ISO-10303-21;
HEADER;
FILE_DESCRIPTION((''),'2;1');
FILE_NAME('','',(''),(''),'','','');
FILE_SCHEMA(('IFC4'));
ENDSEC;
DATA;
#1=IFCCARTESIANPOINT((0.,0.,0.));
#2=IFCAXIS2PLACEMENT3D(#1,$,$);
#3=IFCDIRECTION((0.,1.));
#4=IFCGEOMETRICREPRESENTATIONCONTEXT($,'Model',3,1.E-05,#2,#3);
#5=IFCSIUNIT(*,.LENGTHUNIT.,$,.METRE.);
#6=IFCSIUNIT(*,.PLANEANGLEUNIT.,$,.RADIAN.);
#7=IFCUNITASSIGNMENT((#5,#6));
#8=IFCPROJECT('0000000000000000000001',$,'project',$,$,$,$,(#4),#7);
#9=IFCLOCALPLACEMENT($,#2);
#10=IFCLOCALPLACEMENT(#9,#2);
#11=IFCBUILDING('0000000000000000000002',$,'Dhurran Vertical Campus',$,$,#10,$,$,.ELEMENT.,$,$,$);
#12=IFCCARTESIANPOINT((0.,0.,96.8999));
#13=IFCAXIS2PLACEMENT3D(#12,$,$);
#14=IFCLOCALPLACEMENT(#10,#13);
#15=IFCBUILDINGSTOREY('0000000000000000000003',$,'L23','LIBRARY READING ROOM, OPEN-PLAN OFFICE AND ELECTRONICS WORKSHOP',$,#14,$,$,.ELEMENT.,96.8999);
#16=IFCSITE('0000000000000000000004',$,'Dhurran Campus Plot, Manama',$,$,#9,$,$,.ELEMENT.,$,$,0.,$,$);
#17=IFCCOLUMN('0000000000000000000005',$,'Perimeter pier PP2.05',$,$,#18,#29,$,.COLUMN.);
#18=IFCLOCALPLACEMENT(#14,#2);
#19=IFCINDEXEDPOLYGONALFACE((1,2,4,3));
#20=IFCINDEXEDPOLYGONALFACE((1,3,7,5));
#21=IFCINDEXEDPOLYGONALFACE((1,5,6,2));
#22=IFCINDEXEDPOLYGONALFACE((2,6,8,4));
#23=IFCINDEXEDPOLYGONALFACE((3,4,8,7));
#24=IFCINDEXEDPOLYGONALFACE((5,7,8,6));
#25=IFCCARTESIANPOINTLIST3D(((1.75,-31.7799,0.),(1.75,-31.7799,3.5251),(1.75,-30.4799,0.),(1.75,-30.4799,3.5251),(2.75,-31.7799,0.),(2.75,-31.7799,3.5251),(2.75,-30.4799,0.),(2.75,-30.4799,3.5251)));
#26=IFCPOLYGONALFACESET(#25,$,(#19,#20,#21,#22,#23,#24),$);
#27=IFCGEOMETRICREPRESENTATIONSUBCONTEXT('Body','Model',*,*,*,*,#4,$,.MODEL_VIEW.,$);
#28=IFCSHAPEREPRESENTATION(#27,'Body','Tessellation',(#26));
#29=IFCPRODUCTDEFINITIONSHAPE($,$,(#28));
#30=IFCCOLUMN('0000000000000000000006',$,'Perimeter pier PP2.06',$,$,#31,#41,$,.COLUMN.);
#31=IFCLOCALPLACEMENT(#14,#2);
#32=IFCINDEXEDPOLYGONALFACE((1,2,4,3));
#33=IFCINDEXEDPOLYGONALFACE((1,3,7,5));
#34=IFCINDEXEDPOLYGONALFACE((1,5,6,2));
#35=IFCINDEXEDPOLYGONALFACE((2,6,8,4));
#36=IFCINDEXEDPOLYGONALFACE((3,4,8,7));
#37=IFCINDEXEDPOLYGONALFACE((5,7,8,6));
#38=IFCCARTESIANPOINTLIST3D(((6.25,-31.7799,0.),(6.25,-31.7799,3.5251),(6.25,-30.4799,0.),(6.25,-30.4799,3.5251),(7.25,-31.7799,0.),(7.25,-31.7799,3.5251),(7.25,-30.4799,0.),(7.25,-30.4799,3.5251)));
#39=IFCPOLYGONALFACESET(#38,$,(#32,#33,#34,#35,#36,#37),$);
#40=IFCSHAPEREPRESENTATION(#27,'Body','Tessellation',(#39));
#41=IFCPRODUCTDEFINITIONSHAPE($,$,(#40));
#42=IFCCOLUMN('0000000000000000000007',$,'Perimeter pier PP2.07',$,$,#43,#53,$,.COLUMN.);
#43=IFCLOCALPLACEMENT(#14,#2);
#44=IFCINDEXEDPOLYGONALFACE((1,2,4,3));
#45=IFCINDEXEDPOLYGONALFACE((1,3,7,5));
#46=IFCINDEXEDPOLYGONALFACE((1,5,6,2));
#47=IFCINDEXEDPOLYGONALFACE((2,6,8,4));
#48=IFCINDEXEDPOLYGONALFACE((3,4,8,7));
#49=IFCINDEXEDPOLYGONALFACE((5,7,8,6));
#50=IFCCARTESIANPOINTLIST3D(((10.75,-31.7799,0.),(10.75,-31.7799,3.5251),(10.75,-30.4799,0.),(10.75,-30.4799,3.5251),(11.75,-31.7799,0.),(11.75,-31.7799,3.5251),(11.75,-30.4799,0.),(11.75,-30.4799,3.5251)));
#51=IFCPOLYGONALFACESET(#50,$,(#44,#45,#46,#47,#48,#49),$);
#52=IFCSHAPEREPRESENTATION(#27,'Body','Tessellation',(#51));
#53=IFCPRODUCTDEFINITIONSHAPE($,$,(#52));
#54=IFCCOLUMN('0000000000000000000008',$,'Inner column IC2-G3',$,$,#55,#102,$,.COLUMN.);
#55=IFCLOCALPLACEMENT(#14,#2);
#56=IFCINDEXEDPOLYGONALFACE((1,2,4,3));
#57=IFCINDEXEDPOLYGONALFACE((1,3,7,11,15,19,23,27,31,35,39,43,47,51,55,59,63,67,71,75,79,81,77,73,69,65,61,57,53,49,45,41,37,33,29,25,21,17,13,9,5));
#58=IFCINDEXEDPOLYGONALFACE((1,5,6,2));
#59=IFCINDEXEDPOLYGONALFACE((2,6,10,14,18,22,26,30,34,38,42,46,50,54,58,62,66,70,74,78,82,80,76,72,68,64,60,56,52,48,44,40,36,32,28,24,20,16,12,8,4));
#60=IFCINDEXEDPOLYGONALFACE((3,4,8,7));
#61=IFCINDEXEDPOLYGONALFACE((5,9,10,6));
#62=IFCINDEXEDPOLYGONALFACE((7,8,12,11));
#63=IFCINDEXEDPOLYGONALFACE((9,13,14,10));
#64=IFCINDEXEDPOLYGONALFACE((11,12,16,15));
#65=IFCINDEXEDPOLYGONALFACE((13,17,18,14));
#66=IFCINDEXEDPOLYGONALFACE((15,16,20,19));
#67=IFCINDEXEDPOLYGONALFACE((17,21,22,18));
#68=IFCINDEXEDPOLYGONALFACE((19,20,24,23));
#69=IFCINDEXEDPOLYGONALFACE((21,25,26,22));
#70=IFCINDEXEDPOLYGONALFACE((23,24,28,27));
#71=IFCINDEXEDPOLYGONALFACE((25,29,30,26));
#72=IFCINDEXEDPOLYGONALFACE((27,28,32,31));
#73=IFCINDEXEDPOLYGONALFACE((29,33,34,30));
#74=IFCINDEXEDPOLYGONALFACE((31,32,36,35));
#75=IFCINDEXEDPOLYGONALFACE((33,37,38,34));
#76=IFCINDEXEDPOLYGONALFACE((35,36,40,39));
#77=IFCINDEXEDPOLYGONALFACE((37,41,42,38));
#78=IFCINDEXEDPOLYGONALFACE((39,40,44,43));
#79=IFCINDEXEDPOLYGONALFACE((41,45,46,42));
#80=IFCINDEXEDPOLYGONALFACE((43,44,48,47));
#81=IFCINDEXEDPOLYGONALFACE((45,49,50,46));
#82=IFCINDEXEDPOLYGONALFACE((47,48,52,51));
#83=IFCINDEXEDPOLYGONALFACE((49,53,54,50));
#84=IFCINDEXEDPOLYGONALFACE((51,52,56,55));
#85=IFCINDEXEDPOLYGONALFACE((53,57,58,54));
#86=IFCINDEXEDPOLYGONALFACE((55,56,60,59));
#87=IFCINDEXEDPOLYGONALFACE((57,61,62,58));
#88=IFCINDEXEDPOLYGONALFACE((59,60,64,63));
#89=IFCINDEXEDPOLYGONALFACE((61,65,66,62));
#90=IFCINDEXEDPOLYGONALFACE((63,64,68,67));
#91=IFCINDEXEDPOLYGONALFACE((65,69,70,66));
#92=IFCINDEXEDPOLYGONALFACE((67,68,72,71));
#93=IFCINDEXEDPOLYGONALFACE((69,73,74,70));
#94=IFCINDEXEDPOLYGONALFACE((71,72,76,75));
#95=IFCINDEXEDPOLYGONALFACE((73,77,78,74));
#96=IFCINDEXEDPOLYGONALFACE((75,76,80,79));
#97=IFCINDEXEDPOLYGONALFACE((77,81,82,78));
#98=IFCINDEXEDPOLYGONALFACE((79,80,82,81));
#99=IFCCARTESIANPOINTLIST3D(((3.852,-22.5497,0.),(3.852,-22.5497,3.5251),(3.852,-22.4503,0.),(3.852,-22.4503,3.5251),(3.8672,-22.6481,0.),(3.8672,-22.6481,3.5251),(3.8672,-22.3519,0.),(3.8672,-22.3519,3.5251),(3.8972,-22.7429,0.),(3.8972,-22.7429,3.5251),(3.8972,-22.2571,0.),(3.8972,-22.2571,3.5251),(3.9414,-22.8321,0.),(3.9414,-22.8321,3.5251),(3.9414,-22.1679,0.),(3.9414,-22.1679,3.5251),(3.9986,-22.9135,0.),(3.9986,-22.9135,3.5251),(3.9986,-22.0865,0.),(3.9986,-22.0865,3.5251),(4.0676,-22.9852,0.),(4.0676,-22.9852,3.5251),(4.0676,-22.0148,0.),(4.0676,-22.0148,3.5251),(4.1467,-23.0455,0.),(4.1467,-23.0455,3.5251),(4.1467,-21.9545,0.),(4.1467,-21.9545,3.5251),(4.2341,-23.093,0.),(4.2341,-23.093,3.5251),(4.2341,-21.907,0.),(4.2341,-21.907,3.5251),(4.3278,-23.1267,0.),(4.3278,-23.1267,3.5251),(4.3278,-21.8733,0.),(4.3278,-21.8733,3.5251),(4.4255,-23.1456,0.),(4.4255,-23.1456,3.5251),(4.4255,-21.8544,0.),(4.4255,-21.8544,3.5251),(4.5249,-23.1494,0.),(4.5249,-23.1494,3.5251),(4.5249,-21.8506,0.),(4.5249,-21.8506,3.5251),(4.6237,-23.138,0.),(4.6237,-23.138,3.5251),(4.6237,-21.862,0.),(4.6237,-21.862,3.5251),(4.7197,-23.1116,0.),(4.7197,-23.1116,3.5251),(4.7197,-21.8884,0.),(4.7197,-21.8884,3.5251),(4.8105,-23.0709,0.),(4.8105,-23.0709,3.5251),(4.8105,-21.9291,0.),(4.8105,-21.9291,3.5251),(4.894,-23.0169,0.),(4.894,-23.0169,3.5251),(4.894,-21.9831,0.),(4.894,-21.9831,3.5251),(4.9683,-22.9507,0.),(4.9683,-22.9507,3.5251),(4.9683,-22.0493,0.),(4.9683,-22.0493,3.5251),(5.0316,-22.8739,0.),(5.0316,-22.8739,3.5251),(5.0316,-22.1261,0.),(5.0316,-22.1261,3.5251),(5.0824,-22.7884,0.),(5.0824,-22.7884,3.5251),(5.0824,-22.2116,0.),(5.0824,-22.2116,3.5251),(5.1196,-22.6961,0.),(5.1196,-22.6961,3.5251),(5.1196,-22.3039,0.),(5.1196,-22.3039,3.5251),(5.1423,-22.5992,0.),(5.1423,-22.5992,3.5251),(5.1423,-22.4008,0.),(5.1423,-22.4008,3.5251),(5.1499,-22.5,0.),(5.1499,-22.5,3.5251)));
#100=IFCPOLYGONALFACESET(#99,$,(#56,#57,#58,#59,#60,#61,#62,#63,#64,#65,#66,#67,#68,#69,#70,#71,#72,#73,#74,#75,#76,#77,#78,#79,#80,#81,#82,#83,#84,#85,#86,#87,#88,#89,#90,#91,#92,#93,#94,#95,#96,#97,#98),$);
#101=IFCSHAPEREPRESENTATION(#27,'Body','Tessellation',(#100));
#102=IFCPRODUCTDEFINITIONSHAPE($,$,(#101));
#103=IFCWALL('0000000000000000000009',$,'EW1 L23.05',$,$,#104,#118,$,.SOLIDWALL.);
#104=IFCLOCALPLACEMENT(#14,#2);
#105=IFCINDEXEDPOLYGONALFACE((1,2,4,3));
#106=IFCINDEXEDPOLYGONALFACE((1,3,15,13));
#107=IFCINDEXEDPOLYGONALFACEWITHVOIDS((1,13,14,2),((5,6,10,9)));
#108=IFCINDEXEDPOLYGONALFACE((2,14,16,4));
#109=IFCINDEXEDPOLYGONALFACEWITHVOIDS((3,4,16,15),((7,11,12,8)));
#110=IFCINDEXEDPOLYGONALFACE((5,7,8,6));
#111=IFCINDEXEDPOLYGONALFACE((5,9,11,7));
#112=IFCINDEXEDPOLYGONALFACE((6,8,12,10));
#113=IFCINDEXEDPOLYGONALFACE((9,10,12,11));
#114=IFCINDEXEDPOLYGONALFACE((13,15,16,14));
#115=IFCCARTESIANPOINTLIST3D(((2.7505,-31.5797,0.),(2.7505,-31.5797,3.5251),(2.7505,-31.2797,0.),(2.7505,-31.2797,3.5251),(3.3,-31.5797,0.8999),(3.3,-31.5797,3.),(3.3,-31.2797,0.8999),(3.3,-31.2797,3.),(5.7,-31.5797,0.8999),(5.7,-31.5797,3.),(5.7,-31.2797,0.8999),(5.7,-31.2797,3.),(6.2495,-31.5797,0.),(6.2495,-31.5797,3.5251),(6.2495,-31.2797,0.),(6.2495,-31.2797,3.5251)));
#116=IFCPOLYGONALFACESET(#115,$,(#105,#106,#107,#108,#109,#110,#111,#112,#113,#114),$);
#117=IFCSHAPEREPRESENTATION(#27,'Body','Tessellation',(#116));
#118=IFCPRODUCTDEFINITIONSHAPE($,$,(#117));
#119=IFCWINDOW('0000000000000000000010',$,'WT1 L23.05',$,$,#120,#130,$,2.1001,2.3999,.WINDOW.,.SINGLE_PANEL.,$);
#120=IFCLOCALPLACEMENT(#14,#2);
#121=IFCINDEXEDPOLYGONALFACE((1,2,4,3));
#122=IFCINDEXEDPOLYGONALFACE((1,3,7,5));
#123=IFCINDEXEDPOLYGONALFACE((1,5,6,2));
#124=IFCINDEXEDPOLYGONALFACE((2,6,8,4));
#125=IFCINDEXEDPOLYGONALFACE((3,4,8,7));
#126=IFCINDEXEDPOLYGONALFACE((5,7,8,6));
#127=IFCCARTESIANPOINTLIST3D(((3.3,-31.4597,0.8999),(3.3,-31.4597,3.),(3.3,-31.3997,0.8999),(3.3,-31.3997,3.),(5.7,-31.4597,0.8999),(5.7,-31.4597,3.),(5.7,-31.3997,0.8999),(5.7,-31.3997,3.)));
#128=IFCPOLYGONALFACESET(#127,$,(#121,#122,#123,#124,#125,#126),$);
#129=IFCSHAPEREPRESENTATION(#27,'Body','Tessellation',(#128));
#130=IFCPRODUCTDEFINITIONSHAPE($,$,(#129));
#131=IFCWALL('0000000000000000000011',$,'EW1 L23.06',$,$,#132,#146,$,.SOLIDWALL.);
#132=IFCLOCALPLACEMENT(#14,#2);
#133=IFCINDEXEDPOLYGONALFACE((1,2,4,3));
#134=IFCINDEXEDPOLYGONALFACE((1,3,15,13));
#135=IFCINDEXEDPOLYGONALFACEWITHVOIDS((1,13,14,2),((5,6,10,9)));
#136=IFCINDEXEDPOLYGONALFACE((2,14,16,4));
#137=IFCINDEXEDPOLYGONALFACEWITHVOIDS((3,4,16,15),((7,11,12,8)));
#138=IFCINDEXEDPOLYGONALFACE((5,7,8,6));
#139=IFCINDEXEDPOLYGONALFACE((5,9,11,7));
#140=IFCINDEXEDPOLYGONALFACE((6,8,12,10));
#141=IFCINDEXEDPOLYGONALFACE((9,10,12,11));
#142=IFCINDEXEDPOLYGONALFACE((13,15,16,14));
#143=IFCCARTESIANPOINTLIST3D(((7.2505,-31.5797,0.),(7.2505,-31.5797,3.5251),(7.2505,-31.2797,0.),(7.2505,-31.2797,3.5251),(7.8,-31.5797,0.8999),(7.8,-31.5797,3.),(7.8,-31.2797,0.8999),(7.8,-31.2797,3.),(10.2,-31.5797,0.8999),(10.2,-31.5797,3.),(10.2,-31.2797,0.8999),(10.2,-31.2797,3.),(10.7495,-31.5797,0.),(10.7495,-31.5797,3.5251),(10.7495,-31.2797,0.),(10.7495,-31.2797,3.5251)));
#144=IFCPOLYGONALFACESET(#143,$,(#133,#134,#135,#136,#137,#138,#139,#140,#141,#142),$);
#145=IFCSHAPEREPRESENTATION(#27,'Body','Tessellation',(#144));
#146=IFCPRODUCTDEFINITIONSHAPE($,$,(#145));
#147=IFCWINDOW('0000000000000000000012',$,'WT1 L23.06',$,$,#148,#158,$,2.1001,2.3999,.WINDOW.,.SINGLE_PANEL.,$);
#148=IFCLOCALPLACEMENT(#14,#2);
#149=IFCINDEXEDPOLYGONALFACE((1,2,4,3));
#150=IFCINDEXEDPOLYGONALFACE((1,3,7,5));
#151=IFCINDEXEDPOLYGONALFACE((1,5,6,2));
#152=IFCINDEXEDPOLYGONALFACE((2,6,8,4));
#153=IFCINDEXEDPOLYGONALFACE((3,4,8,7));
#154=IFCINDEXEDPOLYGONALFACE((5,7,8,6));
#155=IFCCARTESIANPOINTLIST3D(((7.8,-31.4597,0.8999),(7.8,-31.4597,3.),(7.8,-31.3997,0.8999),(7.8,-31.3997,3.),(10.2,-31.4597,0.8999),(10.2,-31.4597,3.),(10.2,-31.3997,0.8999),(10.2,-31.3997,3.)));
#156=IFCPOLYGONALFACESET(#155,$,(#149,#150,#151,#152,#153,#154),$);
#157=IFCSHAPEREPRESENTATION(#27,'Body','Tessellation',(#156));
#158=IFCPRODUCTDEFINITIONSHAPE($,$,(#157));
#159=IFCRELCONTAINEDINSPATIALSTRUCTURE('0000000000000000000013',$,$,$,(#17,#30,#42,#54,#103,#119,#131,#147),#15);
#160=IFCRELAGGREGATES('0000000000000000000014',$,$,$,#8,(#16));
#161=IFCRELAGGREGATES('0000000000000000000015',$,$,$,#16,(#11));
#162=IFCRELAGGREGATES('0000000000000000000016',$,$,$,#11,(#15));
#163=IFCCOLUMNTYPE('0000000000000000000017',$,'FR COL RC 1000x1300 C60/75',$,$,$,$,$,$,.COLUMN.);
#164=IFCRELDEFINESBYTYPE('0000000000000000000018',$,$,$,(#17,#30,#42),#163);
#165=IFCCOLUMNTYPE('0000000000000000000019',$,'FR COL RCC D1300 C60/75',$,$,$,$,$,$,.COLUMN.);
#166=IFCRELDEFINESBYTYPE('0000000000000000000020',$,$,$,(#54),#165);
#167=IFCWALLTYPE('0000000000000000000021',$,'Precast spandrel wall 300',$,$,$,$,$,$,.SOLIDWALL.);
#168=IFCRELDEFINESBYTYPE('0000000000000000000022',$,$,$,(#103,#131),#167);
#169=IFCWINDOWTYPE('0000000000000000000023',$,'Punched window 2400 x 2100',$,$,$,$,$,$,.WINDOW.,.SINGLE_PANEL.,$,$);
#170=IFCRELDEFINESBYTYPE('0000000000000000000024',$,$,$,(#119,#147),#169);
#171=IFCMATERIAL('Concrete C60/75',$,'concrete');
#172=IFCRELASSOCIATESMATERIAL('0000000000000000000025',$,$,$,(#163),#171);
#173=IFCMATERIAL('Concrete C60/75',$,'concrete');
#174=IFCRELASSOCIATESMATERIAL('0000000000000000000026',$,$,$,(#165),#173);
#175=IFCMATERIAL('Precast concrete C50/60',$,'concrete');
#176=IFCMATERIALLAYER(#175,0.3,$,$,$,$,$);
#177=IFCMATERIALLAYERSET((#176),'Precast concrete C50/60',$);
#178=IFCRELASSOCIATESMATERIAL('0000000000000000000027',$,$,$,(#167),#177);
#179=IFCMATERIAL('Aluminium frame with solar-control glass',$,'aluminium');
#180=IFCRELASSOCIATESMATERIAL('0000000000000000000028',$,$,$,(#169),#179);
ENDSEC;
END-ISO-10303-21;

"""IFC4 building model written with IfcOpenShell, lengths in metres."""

from ifc_helpers import new_model, si_unit, direction, frame, frame_2d, origin, origin_2d, place, context, subcontext, project, spatial, rectangle, circle, extrude, material, layer, layer_set, material_profile, profile_set, type_object, element, fill, save


model = new_model("IFC4")

# Units and contexts
model_context = context("Model", 3, precision=1e-05, world=origin(), true_north=direction((0.0, 1.0)))
body_context = subcontext(model_context, "Body", "Model", "MODEL_VIEW")
ifc_project = project(units=[si_unit("LENGTHUNIT", "METRE"), si_unit("PLANEANGLEUNIT", "RADIAN")], contexts=[model_context])

# Site, building, storey
site_placement = place(None, origin())
site = spatial("IfcSite", under=ifc_project, at=site_placement, Name="Dhurran Campus Plot, Manama", CompositionType="ELEMENT", RefElevation=0.0)
building_placement = place(site_placement, origin())
building = spatial("IfcBuilding", under=site, at=building_placement, Name="Dhurran Vertical Campus", CompositionType="ELEMENT")
storey_placement = place(building_placement, frame((0.0, 0.0, 96.8999)))
storey = spatial("IfcBuildingStorey", under=building, at=storey_placement, Name="L23", Description="LIBRARY READING ROOM, OPEN-PLAN OFFICE AND ELECTRONICS WORKSHOP", CompositionType="ELEMENT", Elevation=96.8999)

# Columns
ifc_material_1 = material(Name="Concrete C60/75", Category="concrete")
ifc_material_profile_1 = material_profile(ifc_material_1, rectangle(XDim=1.0, YDim=1.3, at=origin_2d()), Name="RC 1000x1300")
ifc_profile_set_1 = profile_set([ifc_material_profile_1], Name="Concrete C60/75")
column_type_1 = type_object("IfcColumnType", Name="FR COL RC 1000x1300 C60/75", PredefinedType="COLUMN", material=ifc_profile_set_1)
for number, where, z_axis, x_axis, name in (
    (1, (2.25, -31.1299, 0.0), (0.0, 0.0, 1.0), (1.0, 0.0, 0.0), "Perimeter pier PP2.05"),
    (2, (6.75, -31.1299, 0.0), (0.0, 0.0, 1.0), (1.0, 0.0, 0.0), "Perimeter pier PP2.06"),
    (3, (11.25, -31.1299, 0.0), (0.0, 0.0, 1.0), (1.0, 0.0, 0.0), "Perimeter pier PP2.07"),
):
    element("IfcColumn", number, at=place(storey_placement, frame(where, z_axis=z_axis, x_axis=x_axis)), inside=storey, type_object=column_type_1, Name=name, PredefinedType="COLUMN", context=body_context, shape_type="SweptSolid", body=[
        extrude(rectangle(XDim=1.0, YDim=1.3, at=origin_2d()), origin(), (0.0, 0.0, 1.0), 3.5251),
    ])
ifc_material_2 = material(Name="Concrete C60/75", Category="concrete")
ifc_material_profile_2 = material_profile(ifc_material_2, circle(Radius=0.6499, at=origin_2d()), Name="RCC D1300")
ifc_profile_set_2 = profile_set([ifc_material_profile_2], Name="Concrete C60/75")
column_type_2 = type_object("IfcColumnType", Name="FR COL RCC D1300 C60/75", PredefinedType="COLUMN", material=ifc_profile_set_2)
column_placement = place(storey_placement, frame((4.5, -22.5, 0.0), z_axis=(0.0, 0.0, 1.0), x_axis=(1.0, 0.0, 0.0)))
element("IfcColumn", 4, at=column_placement, inside=storey, type_object=column_type_2, Name="Inner column IC2-G3", PredefinedType="COLUMN", context=body_context, shape_type="SweptSolid", body=[
    extrude(circle(Radius=0.6499, at=origin_2d()), origin(), (0.0, 0.0, 1.0), 3.5251),
])

# Walls, openings, windows
ifc_material_3 = material(Name="Precast concrete C50/60", Category="concrete")
ifc_layer_1 = layer(ifc_material_3, 0.3)
ifc_layer_set_1 = layer_set([ifc_layer_1], Name="Precast concrete C50/60")
wall_type_1 = type_object("IfcWallType", Name="Precast spandrel wall 300", PredefinedType="SOLIDWALL", material=ifc_layer_set_1)
wall_1_placement = place(storey_placement, frame((2.7505, -31.4297, 0.0), z_axis=(0.0, 0.0, 1.0), x_axis=(1.0, 0.0, 0.0)))
wall_1 = element("IfcWall", 5, at=wall_1_placement, inside=storey, type_object=wall_type_1, Name="EW1 L23.05", PredefinedType="SOLIDWALL", context=body_context, shape_type="SweptSolid", body=[
    extrude(rectangle(XDim=3.499, YDim=0.3, at=frame_2d((1.7495, 0.0))), origin(), (0.0, 0.0, 1.0), 3.5251),
])
opening_1_placement = place(wall_1_placement, frame((0.5496, 0.0, 0.8999)))
opening_1 = element("IfcOpeningElement", 6, at=opening_1_placement, cuts=wall_1, PredefinedType="OPENING", context=body_context, shape_type="SweptSolid", body=[
    extrude(rectangle(XDim=2.3999, YDim=2.1001, at=frame_2d((1.2, 1.05))), frame((0.0, 0.1599, 0.0), z_axis=(0.0, -1.0, 0.0), x_axis=(1.0, 0.0, 0.0)), (0.0, 0.0, 1.0), 0.3201),
])
ifc_material_4 = material(Name="Aluminium frame with solar-control glass", Category="aluminium")
window_type = type_object("IfcWindowType", Name="Punched window 2400 x 2100", PartitioningType="SINGLE_PANEL", PredefinedType="WINDOW", material=ifc_material_4)
window_1_placement = place(opening_1_placement, origin())
window_1 = element("IfcWindow", 7, at=window_1_placement, inside=storey, type_object=window_type, Name="WT1 L23.05", OverallHeight=2.1001, OverallWidth=2.3999, PartitioningType="SINGLE_PANEL", PredefinedType="WINDOW", context=body_context, shape_type="SweptSolid", body=[
    extrude(rectangle(XDim=2.3999, YDim=2.1001, at=frame_2d((1.2, 1.05))), frame((0.0, 0.03, 0.0), z_axis=(0.0, -1.0, 0.0), x_axis=(1.0, 0.0, 0.0)), (0.0, 0.0, 1.0), 0.0601),
])
fill(opening_1, window_1)
wall_2_placement = place(storey_placement, frame((7.2505, -31.4297, 0.0), z_axis=(0.0, 0.0, 1.0), x_axis=(1.0, 0.0, 0.0)))
wall_2 = element("IfcWall", 8, at=wall_2_placement, inside=storey, type_object=wall_type_1, Name="EW1 L23.06", PredefinedType="SOLIDWALL", context=body_context, shape_type="SweptSolid", body=[
    extrude(rectangle(XDim=3.499, YDim=0.3, at=frame_2d((1.7495, 0.0))), origin(), (0.0, 0.0, 1.0), 3.5251),
])
opening_2_placement = place(wall_2_placement, frame((0.5496, 0.0, 0.8999)))
opening_2 = element("IfcOpeningElement", 9, at=opening_2_placement, cuts=wall_2, PredefinedType="OPENING", context=body_context, shape_type="SweptSolid", body=[
    extrude(rectangle(XDim=2.3999, YDim=2.1001, at=frame_2d((1.2, 1.05))), frame((0.0, 0.1599, 0.0), z_axis=(0.0, -1.0, 0.0), x_axis=(1.0, 0.0, 0.0)), (0.0, 0.0, 1.0), 0.3201),
])
window_2_placement = place(opening_2_placement, origin())
window_2 = element("IfcWindow", 10, at=window_2_placement, inside=storey, type_object=window_type, Name="WT1 L23.06", OverallHeight=2.1001, OverallWidth=2.3999, PartitioningType="SINGLE_PANEL", PredefinedType="WINDOW", context=body_context, shape_type="SweptSolid", body=[
    extrude(rectangle(XDim=2.3999, YDim=2.1001, at=frame_2d((1.2, 1.05))), frame((0.0, 0.03, 0.0), z_axis=(0.0, -1.0, 0.0), x_axis=(1.0, 0.0, 0.0)), (0.0, 0.0, 1.0), 0.0601),
])
fill(opening_2, window_2)

save(model, "model.ifc")
